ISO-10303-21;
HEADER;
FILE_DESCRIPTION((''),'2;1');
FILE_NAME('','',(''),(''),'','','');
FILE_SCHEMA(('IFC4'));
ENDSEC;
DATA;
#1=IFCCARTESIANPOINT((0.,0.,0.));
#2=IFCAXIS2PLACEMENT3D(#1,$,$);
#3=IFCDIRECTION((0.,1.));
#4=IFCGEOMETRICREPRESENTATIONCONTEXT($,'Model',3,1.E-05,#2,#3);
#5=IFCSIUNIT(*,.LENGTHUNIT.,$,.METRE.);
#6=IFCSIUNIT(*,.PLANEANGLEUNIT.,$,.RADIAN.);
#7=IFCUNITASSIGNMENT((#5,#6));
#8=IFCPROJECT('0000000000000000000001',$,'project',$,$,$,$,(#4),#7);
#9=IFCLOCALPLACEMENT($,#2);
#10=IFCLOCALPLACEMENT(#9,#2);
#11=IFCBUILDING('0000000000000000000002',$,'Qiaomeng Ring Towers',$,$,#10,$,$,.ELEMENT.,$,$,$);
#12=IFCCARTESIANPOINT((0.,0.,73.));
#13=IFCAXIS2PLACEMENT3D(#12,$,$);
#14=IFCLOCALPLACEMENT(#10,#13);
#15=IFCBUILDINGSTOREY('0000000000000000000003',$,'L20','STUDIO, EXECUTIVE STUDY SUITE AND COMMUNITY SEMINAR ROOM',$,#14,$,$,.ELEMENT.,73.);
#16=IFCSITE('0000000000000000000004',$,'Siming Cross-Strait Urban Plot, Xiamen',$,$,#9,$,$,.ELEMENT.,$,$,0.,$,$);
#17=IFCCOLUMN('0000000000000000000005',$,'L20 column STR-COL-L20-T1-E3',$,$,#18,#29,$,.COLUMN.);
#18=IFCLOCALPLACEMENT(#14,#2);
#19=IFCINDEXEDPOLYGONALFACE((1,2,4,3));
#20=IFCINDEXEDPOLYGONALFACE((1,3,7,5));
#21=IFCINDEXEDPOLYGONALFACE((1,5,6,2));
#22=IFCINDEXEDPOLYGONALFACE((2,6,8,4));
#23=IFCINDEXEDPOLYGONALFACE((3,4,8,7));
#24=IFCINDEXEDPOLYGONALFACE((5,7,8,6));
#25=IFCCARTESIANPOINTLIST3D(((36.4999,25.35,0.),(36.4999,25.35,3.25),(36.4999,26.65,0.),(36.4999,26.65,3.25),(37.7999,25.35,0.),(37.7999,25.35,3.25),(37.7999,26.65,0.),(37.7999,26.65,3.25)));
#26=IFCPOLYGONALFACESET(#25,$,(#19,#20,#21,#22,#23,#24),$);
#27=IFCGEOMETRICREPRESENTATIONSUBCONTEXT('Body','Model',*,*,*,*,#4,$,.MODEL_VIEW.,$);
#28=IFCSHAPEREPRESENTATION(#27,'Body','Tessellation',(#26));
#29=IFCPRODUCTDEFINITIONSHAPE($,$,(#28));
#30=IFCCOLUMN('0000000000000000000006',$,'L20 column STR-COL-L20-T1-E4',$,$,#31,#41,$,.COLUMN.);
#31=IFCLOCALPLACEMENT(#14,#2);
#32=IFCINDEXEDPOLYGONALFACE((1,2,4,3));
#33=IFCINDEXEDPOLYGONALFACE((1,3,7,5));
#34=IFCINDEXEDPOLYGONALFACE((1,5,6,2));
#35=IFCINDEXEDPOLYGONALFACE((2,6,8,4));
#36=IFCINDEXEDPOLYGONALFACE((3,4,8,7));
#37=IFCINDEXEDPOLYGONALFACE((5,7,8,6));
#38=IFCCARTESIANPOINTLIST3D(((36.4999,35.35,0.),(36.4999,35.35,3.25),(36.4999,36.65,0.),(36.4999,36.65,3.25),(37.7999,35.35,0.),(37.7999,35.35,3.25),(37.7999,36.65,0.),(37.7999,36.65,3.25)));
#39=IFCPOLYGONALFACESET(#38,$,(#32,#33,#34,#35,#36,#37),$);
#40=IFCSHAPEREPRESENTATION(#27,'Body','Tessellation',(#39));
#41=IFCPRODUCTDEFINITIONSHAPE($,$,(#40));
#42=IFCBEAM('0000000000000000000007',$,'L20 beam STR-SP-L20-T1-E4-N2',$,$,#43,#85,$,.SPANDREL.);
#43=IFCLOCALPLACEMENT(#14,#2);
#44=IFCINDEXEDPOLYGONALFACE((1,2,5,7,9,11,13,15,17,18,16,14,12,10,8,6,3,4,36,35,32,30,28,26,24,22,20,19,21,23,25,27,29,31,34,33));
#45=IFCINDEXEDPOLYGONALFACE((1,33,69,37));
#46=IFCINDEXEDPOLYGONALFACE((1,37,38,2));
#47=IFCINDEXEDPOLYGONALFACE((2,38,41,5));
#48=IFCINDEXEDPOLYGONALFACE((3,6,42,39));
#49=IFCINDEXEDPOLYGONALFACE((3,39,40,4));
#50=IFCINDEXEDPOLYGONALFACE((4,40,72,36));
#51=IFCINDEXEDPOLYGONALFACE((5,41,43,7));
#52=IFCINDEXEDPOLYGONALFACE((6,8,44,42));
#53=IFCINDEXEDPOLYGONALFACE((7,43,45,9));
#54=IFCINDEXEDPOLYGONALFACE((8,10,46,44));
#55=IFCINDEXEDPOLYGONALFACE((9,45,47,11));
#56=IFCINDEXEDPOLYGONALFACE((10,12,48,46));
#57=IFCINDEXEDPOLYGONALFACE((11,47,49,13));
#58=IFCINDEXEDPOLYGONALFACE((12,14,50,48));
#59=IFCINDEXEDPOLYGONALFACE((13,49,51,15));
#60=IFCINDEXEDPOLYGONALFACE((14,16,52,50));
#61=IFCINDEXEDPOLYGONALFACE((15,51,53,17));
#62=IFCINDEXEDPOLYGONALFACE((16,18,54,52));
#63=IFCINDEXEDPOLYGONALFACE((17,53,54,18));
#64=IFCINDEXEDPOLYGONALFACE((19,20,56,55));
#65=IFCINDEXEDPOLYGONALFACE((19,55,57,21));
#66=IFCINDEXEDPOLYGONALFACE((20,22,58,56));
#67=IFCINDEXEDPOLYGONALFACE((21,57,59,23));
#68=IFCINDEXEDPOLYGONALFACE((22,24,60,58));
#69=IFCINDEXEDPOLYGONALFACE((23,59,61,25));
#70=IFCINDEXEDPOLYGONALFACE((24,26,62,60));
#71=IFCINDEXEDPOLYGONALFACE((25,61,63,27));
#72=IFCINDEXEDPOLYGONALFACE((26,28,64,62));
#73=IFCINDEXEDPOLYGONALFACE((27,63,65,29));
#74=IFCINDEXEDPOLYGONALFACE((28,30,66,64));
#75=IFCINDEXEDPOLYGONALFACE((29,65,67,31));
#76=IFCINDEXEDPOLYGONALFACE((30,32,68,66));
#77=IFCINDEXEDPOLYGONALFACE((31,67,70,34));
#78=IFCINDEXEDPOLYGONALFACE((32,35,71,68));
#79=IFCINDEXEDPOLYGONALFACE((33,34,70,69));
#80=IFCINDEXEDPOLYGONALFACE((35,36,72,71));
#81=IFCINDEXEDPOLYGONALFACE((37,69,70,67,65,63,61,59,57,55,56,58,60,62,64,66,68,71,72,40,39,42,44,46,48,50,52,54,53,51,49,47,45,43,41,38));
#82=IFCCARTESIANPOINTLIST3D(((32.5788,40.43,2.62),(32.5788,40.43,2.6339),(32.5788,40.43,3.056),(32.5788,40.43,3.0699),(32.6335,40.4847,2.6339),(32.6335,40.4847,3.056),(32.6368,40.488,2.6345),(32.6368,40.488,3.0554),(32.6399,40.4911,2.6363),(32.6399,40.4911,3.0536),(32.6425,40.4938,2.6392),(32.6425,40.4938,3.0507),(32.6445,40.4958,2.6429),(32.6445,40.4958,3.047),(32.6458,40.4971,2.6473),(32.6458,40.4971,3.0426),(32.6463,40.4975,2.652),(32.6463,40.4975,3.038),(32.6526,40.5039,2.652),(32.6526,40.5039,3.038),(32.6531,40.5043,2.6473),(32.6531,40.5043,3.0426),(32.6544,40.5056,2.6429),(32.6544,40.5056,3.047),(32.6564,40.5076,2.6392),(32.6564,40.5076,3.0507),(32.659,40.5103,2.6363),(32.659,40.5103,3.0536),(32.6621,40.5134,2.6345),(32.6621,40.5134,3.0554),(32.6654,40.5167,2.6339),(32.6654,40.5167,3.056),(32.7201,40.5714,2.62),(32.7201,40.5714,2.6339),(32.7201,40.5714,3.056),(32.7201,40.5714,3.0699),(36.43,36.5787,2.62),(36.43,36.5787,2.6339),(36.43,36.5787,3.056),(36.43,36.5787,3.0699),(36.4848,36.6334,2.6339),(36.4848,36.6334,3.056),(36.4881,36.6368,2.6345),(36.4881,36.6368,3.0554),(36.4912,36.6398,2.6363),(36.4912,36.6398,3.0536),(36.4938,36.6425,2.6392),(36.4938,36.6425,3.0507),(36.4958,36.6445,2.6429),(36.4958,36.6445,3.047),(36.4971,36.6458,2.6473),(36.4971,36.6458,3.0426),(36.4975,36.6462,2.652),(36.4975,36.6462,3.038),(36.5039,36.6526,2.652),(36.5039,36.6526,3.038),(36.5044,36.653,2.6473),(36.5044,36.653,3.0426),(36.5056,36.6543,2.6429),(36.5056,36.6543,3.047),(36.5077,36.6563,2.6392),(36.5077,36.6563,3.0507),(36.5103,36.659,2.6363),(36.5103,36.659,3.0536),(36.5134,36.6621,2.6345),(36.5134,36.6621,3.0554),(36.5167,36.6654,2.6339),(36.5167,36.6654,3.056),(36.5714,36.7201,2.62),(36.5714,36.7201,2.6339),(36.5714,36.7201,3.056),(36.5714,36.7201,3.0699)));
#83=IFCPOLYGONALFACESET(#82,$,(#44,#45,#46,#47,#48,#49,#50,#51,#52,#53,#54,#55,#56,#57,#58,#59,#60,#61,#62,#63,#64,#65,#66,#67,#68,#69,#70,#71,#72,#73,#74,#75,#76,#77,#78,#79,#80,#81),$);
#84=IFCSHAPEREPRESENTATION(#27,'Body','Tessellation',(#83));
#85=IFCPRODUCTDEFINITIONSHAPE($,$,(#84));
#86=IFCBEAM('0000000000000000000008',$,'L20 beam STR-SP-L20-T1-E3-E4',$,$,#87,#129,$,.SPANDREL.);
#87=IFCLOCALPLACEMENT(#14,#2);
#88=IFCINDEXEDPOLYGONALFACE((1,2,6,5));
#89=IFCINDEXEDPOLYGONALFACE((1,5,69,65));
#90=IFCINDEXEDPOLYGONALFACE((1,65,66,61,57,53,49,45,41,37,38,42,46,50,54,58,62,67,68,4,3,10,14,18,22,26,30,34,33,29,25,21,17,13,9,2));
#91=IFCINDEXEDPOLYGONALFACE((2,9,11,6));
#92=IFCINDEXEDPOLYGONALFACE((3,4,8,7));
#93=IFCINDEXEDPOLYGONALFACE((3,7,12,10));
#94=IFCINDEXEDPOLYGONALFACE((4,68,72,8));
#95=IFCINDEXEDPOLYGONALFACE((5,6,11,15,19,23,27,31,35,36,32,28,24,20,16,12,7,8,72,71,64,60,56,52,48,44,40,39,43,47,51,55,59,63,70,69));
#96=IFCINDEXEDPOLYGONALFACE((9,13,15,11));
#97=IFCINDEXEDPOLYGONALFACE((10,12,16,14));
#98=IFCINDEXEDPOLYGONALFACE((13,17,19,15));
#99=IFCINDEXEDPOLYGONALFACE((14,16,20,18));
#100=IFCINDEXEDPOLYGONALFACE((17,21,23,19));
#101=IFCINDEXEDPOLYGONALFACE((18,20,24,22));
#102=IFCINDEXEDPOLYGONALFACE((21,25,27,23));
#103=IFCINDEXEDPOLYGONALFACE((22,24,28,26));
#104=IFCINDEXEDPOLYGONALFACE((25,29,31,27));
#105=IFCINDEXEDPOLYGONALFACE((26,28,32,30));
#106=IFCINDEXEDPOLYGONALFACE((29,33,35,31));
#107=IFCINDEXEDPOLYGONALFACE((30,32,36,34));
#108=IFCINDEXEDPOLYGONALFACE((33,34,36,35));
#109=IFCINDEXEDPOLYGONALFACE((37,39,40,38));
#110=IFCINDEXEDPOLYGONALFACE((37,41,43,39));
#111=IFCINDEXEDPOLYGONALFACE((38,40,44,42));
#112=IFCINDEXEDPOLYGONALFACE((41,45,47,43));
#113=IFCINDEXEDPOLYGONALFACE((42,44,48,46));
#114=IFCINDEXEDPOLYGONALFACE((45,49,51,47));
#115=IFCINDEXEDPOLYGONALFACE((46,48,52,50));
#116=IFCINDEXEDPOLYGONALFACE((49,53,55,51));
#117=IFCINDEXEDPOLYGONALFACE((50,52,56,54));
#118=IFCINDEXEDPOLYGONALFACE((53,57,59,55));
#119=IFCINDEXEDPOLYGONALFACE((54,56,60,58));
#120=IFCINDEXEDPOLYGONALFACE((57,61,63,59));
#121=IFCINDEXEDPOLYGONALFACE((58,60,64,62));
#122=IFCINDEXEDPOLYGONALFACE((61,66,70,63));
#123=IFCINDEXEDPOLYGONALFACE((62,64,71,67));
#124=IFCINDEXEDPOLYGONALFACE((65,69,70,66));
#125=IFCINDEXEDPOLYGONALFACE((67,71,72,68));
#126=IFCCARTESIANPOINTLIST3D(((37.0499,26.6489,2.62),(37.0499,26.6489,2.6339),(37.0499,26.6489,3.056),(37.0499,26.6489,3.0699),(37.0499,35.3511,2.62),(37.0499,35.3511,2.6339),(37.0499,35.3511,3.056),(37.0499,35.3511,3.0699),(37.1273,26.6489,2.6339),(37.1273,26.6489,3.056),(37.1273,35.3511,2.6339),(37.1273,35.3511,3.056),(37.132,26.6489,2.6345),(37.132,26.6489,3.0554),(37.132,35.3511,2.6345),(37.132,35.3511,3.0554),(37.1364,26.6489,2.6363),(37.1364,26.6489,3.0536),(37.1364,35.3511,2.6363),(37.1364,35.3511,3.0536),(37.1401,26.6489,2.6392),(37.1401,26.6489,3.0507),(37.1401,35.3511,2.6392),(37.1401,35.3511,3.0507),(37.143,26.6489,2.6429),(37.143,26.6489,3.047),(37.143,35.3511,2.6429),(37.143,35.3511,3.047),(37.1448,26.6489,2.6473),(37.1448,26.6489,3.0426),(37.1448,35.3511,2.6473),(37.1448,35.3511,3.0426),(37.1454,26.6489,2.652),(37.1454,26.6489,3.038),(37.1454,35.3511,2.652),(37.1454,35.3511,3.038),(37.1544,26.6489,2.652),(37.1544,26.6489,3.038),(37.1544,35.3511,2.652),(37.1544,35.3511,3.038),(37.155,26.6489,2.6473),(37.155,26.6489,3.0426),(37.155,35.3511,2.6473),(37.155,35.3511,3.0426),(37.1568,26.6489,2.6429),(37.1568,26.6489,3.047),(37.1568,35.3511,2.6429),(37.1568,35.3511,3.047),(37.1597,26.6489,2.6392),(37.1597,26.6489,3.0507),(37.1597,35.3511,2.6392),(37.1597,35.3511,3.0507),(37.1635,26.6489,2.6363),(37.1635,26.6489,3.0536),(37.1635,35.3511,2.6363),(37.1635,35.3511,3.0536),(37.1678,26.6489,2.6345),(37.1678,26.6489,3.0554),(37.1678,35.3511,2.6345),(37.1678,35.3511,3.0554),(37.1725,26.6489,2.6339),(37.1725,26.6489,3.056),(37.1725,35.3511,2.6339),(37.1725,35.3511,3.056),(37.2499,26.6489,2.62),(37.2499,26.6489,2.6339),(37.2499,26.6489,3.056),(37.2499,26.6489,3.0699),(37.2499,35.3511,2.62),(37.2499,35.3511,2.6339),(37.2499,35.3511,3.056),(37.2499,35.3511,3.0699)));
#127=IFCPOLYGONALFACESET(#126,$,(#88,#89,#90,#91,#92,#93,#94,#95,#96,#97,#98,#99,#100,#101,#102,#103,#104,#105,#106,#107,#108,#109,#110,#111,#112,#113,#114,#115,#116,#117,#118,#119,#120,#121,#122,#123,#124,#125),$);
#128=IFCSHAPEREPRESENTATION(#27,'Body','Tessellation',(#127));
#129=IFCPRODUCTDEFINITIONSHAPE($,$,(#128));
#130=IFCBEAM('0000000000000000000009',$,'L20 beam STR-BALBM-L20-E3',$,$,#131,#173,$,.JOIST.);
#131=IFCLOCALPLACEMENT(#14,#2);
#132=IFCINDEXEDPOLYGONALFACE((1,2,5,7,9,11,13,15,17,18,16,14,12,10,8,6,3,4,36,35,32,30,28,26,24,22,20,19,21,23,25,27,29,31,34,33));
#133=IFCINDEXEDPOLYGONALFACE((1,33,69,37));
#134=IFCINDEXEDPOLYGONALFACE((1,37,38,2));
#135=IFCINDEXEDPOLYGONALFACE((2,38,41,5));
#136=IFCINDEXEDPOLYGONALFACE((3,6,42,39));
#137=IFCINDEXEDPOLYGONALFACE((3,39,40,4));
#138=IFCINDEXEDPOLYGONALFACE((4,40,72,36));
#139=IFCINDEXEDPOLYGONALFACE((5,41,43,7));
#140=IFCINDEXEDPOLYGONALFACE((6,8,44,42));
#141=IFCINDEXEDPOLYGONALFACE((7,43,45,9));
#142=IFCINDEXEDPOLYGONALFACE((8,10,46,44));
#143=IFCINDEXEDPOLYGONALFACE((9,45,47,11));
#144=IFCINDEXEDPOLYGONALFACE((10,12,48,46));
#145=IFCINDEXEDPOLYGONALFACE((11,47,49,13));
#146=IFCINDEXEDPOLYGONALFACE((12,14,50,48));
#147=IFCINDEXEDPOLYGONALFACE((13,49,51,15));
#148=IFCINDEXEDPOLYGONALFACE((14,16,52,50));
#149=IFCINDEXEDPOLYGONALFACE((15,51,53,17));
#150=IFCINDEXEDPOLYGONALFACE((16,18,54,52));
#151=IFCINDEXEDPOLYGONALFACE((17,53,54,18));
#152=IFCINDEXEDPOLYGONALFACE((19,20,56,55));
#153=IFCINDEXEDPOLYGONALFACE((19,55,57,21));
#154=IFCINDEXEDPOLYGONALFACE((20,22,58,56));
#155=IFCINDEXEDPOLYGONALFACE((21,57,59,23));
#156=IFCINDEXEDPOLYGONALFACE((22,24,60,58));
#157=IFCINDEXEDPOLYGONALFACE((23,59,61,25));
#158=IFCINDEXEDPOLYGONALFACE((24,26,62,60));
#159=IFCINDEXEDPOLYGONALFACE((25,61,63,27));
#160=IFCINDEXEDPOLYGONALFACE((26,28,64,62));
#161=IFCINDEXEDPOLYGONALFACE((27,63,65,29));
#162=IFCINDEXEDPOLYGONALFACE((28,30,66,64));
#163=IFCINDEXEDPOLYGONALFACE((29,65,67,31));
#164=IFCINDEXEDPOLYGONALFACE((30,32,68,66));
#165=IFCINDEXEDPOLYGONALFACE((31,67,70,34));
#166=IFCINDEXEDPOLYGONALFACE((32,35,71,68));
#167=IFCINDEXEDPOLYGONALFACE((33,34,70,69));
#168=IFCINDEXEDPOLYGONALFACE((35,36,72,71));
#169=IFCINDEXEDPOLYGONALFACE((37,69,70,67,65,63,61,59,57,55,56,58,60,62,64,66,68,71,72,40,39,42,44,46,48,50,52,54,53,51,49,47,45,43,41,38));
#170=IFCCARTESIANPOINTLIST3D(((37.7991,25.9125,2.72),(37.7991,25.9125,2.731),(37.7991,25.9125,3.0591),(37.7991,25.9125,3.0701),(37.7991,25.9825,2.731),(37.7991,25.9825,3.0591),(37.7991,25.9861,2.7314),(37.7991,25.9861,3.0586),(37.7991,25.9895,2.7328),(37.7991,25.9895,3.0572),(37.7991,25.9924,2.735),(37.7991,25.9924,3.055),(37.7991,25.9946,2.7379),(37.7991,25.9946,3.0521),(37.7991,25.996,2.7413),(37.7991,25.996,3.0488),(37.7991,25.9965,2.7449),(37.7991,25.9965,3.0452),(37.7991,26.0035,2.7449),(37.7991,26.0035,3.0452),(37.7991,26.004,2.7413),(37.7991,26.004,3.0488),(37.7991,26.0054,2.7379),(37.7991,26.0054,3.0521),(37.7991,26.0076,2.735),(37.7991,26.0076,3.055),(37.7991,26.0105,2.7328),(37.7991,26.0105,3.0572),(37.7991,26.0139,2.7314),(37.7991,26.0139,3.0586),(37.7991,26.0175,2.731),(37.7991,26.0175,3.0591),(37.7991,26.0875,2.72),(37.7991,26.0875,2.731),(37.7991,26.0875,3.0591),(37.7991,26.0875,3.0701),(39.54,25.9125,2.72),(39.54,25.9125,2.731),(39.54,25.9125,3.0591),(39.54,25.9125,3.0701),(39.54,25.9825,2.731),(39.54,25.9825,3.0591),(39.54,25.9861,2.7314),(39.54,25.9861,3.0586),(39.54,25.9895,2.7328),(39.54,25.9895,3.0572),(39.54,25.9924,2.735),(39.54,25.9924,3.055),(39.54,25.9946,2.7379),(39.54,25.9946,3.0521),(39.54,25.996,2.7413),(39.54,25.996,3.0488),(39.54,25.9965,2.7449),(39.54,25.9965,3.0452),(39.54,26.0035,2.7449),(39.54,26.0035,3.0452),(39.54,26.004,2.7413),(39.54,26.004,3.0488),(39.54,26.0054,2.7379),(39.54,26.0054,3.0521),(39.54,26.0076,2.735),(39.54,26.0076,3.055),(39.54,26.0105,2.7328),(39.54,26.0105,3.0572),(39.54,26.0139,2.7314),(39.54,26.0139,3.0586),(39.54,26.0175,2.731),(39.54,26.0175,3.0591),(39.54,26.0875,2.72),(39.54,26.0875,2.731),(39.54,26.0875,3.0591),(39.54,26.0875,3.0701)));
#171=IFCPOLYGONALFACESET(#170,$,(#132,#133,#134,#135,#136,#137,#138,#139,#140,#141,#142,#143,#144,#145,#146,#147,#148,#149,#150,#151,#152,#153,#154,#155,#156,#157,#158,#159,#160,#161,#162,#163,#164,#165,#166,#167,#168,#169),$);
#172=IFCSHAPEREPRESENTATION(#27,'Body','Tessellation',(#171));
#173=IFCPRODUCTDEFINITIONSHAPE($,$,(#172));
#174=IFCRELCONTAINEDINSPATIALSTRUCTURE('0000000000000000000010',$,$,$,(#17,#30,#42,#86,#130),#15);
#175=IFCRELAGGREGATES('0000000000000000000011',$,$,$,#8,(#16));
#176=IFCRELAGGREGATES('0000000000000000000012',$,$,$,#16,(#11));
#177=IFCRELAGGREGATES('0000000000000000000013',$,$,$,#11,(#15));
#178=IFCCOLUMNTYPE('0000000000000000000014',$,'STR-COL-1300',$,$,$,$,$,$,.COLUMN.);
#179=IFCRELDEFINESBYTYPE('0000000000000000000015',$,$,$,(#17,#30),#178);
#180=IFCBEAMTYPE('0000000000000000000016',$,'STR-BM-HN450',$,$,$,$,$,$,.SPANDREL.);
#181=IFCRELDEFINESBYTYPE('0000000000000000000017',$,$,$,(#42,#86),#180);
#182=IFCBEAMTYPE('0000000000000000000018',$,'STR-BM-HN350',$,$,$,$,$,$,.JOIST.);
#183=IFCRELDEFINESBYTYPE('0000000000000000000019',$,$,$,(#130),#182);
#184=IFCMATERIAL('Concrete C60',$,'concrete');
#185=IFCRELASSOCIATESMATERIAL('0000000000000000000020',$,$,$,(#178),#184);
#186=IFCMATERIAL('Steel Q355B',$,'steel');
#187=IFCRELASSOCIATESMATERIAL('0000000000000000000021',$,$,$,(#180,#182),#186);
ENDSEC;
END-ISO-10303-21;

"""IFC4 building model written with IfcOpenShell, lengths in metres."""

from ifc_helpers import new_model, si_unit, direction, frame, origin, origin_2d, place, context, subcontext, project, spatial, rectangle, i_section, extrude, source, transform, mapped, material, material_profile, profile_set, type_object, element, save


model = new_model("IFC4")

# Units and contexts
model_context = context("Model", 3, precision=1e-05, world=origin(), true_north=direction((0.0, 1.0)))
body_context = subcontext(model_context, "Body", "Model", "MODEL_VIEW")
ifc_project = project(units=[si_unit("LENGTHUNIT", "METRE"), si_unit("PLANEANGLEUNIT", "RADIAN")], contexts=[model_context])

# Site, building, storey
site_placement = place(None, origin())
site = spatial("IfcSite", under=ifc_project, at=site_placement, Name="Siming Cross-Strait Urban Plot, Xiamen", CompositionType="ELEMENT", RefElevation=0.0)
building_placement = place(site_placement, origin())
building = spatial("IfcBuilding", under=site, at=building_placement, Name="Qiaomeng Ring Towers", CompositionType="ELEMENT")
storey_placement = place(building_placement, frame((0.0, 0.0, 73.0)))
storey = spatial("IfcBuildingStorey", under=building, at=storey_placement, Name="L20", Description="STUDIO, EXECUTIVE STUDY SUITE AND COMMUNITY SEMINAR ROOM", CompositionType="ELEMENT", Elevation=73.0)

# Columns
ifc_material_1 = material(Name="Concrete C60", Category="concrete")
ifc_material_profile_1 = material_profile(ifc_material_1, rectangle(XDim=1.3, YDim=1.3, at=origin_2d()), Name="RC COL 1300x1300")
ifc_profile_set_1 = profile_set([ifc_material_profile_1], Name="Concrete C60")
column_type = type_object("IfcColumnType", Name="STR-COL-1300", PredefinedType="COLUMN", material=ifc_profile_set_1)
shared_shape_1 = source(origin(), body_context, "Body", "SweptSolid", [
    extrude(rectangle(XDim=1.3, YDim=1.3, at=origin_2d()), origin(), (0.0, 0.0, 1.0), 3.25),
])
for number, where, z_axis, x_axis, name in (
    (1, (37.1499, 26.0, 0.0), (0.0, 0.0, 1.0), (1.0, 0.0, 0.0), "L20 column STR-COL-L20-T1-E3"),
    (2, (37.1499, 36.0, 0.0), (0.0, 0.0, 1.0), (1.0, 0.0, 0.0), "L20 column STR-COL-L20-T1-E4"),
):
    element("IfcColumn", number, at=place(storey_placement, frame(where, z_axis=z_axis, x_axis=x_axis)), inside=storey, type_object=column_type, Name=name, PredefinedType="COLUMN", context=body_context, shape_type="MappedRepresentation", body=[
        mapped(shared_shape_1, transform((0.0, 0.0, 0.0), x_axis=(1.0, 0.0, 0.0), y_axis=(0.0, 1.0, 0.0), z_axis=(0.0, 0.0, 1.0), scale=1.0)),
    ])

# Beams
ifc_material_2 = material(Name="Steel Q355B", Category="steel")
ifc_material_profile_2 = material_profile(ifc_material_2, i_section(OverallWidth=0.2, OverallDepth=0.45, WebThickness=0.009, FlangeThickness=0.0139, FilletRadius=0.0181, at=origin_2d()), Name="HN 450x200x9x14")
ifc_profile_set_2 = profile_set([ifc_material_profile_2], Name="Steel Q355B")
beam_type_1 = type_object("IfcBeamType", Name="STR-BM-HN450", PredefinedType="SPANDREL", material=ifc_profile_set_2)
shared_shape_2 = source(origin(), body_context, "Body", "SweptSolid", [
    extrude(i_section(OverallWidth=0.2, OverallDepth=0.45, WebThickness=0.009, FlangeThickness=0.0139, FilletRadius=0.0181, at=origin_2d()), origin(), (0.0, 0.0, 1.0), 5.4465),
])
beam_1_placement = place(storey_placement, frame((36.5007, 36.6494, 2.845), z_axis=(-0.707107, 0.707107, 0.0), x_axis=(-0.707107, -0.707107, 0.0)))
element("IfcBeam", 3, at=beam_1_placement, inside=storey, type_object=beam_type_1, Name="L20 beam STR-SP-L20-T1-E4-N2", PredefinedType="SPANDREL", context=body_context, shape_type="MappedRepresentation", body=[
    mapped(shared_shape_2, transform((0.0, 0.0, 0.0), x_axis=(1.0, 0.0, 0.0), y_axis=(0.0, 1.0, 0.0), z_axis=(0.0, 0.0, 1.0), scale=1.0)),
])
shared_shape_3 = source(origin(), body_context, "Body", "SweptSolid", [
    extrude(i_section(OverallWidth=0.2, OverallDepth=0.45, WebThickness=0.009, FlangeThickness=0.0139, FilletRadius=0.0181, at=origin_2d()), origin(), (0.0, 0.0, 1.0), 8.7021),
])
beam_2_placement = place(storey_placement, frame((37.1499, 26.6489, 2.845), z_axis=(0.0, 1.0, 0.0), x_axis=(-1.0, 0.0, 0.0)))
element("IfcBeam", 4, at=beam_2_placement, inside=storey, type_object=beam_type_1, Name="L20 beam STR-SP-L20-T1-E3-E4", PredefinedType="SPANDREL", context=body_context, shape_type="MappedRepresentation", body=[
    mapped(shared_shape_3, transform((0.0, 0.0, 0.0), x_axis=(1.0, 0.0, 0.0), y_axis=(0.0, 1.0, 0.0), z_axis=(0.0, 0.0, 1.0), scale=1.0)),
])
ifc_material_profile_3 = material_profile(ifc_material_2, i_section(OverallWidth=0.175, OverallDepth=0.3501, WebThickness=0.0071, FlangeThickness=0.011, FilletRadius=0.0139, at=origin_2d()), Name="HN 350x175x7x11")
ifc_profile_set_3 = profile_set([ifc_material_profile_3], Name="Steel Q355B")
beam_type_2 = type_object("IfcBeamType", Name="STR-BM-HN350", PredefinedType="JOIST", material=ifc_profile_set_3)
shared_shape_4 = source(origin(), body_context, "Body", "SweptSolid", [
    extrude(i_section(OverallWidth=0.175, OverallDepth=0.3501, WebThickness=0.0071, FlangeThickness=0.011, FilletRadius=0.0139, at=origin_2d()), origin(), (0.0, 0.0, 1.0), 1.741),
])
beam_3_placement = place(storey_placement, frame((37.7991, 26.0, 2.895), z_axis=(1.0, 0.0, 0.0), x_axis=(0.0, 1.0, 0.0)))
element("IfcBeam", 5, at=beam_3_placement, inside=storey, type_object=beam_type_2, Name="L20 beam STR-BALBM-L20-E3", PredefinedType="JOIST", context=body_context, shape_type="MappedRepresentation", body=[
    mapped(shared_shape_4, transform((0.0, 0.0, 0.0), x_axis=(1.0, 0.0, 0.0), y_axis=(0.0, 1.0, 0.0), z_axis=(0.0, 0.0, 1.0), scale=1.0)),
])

save(model, "model.ifc")
